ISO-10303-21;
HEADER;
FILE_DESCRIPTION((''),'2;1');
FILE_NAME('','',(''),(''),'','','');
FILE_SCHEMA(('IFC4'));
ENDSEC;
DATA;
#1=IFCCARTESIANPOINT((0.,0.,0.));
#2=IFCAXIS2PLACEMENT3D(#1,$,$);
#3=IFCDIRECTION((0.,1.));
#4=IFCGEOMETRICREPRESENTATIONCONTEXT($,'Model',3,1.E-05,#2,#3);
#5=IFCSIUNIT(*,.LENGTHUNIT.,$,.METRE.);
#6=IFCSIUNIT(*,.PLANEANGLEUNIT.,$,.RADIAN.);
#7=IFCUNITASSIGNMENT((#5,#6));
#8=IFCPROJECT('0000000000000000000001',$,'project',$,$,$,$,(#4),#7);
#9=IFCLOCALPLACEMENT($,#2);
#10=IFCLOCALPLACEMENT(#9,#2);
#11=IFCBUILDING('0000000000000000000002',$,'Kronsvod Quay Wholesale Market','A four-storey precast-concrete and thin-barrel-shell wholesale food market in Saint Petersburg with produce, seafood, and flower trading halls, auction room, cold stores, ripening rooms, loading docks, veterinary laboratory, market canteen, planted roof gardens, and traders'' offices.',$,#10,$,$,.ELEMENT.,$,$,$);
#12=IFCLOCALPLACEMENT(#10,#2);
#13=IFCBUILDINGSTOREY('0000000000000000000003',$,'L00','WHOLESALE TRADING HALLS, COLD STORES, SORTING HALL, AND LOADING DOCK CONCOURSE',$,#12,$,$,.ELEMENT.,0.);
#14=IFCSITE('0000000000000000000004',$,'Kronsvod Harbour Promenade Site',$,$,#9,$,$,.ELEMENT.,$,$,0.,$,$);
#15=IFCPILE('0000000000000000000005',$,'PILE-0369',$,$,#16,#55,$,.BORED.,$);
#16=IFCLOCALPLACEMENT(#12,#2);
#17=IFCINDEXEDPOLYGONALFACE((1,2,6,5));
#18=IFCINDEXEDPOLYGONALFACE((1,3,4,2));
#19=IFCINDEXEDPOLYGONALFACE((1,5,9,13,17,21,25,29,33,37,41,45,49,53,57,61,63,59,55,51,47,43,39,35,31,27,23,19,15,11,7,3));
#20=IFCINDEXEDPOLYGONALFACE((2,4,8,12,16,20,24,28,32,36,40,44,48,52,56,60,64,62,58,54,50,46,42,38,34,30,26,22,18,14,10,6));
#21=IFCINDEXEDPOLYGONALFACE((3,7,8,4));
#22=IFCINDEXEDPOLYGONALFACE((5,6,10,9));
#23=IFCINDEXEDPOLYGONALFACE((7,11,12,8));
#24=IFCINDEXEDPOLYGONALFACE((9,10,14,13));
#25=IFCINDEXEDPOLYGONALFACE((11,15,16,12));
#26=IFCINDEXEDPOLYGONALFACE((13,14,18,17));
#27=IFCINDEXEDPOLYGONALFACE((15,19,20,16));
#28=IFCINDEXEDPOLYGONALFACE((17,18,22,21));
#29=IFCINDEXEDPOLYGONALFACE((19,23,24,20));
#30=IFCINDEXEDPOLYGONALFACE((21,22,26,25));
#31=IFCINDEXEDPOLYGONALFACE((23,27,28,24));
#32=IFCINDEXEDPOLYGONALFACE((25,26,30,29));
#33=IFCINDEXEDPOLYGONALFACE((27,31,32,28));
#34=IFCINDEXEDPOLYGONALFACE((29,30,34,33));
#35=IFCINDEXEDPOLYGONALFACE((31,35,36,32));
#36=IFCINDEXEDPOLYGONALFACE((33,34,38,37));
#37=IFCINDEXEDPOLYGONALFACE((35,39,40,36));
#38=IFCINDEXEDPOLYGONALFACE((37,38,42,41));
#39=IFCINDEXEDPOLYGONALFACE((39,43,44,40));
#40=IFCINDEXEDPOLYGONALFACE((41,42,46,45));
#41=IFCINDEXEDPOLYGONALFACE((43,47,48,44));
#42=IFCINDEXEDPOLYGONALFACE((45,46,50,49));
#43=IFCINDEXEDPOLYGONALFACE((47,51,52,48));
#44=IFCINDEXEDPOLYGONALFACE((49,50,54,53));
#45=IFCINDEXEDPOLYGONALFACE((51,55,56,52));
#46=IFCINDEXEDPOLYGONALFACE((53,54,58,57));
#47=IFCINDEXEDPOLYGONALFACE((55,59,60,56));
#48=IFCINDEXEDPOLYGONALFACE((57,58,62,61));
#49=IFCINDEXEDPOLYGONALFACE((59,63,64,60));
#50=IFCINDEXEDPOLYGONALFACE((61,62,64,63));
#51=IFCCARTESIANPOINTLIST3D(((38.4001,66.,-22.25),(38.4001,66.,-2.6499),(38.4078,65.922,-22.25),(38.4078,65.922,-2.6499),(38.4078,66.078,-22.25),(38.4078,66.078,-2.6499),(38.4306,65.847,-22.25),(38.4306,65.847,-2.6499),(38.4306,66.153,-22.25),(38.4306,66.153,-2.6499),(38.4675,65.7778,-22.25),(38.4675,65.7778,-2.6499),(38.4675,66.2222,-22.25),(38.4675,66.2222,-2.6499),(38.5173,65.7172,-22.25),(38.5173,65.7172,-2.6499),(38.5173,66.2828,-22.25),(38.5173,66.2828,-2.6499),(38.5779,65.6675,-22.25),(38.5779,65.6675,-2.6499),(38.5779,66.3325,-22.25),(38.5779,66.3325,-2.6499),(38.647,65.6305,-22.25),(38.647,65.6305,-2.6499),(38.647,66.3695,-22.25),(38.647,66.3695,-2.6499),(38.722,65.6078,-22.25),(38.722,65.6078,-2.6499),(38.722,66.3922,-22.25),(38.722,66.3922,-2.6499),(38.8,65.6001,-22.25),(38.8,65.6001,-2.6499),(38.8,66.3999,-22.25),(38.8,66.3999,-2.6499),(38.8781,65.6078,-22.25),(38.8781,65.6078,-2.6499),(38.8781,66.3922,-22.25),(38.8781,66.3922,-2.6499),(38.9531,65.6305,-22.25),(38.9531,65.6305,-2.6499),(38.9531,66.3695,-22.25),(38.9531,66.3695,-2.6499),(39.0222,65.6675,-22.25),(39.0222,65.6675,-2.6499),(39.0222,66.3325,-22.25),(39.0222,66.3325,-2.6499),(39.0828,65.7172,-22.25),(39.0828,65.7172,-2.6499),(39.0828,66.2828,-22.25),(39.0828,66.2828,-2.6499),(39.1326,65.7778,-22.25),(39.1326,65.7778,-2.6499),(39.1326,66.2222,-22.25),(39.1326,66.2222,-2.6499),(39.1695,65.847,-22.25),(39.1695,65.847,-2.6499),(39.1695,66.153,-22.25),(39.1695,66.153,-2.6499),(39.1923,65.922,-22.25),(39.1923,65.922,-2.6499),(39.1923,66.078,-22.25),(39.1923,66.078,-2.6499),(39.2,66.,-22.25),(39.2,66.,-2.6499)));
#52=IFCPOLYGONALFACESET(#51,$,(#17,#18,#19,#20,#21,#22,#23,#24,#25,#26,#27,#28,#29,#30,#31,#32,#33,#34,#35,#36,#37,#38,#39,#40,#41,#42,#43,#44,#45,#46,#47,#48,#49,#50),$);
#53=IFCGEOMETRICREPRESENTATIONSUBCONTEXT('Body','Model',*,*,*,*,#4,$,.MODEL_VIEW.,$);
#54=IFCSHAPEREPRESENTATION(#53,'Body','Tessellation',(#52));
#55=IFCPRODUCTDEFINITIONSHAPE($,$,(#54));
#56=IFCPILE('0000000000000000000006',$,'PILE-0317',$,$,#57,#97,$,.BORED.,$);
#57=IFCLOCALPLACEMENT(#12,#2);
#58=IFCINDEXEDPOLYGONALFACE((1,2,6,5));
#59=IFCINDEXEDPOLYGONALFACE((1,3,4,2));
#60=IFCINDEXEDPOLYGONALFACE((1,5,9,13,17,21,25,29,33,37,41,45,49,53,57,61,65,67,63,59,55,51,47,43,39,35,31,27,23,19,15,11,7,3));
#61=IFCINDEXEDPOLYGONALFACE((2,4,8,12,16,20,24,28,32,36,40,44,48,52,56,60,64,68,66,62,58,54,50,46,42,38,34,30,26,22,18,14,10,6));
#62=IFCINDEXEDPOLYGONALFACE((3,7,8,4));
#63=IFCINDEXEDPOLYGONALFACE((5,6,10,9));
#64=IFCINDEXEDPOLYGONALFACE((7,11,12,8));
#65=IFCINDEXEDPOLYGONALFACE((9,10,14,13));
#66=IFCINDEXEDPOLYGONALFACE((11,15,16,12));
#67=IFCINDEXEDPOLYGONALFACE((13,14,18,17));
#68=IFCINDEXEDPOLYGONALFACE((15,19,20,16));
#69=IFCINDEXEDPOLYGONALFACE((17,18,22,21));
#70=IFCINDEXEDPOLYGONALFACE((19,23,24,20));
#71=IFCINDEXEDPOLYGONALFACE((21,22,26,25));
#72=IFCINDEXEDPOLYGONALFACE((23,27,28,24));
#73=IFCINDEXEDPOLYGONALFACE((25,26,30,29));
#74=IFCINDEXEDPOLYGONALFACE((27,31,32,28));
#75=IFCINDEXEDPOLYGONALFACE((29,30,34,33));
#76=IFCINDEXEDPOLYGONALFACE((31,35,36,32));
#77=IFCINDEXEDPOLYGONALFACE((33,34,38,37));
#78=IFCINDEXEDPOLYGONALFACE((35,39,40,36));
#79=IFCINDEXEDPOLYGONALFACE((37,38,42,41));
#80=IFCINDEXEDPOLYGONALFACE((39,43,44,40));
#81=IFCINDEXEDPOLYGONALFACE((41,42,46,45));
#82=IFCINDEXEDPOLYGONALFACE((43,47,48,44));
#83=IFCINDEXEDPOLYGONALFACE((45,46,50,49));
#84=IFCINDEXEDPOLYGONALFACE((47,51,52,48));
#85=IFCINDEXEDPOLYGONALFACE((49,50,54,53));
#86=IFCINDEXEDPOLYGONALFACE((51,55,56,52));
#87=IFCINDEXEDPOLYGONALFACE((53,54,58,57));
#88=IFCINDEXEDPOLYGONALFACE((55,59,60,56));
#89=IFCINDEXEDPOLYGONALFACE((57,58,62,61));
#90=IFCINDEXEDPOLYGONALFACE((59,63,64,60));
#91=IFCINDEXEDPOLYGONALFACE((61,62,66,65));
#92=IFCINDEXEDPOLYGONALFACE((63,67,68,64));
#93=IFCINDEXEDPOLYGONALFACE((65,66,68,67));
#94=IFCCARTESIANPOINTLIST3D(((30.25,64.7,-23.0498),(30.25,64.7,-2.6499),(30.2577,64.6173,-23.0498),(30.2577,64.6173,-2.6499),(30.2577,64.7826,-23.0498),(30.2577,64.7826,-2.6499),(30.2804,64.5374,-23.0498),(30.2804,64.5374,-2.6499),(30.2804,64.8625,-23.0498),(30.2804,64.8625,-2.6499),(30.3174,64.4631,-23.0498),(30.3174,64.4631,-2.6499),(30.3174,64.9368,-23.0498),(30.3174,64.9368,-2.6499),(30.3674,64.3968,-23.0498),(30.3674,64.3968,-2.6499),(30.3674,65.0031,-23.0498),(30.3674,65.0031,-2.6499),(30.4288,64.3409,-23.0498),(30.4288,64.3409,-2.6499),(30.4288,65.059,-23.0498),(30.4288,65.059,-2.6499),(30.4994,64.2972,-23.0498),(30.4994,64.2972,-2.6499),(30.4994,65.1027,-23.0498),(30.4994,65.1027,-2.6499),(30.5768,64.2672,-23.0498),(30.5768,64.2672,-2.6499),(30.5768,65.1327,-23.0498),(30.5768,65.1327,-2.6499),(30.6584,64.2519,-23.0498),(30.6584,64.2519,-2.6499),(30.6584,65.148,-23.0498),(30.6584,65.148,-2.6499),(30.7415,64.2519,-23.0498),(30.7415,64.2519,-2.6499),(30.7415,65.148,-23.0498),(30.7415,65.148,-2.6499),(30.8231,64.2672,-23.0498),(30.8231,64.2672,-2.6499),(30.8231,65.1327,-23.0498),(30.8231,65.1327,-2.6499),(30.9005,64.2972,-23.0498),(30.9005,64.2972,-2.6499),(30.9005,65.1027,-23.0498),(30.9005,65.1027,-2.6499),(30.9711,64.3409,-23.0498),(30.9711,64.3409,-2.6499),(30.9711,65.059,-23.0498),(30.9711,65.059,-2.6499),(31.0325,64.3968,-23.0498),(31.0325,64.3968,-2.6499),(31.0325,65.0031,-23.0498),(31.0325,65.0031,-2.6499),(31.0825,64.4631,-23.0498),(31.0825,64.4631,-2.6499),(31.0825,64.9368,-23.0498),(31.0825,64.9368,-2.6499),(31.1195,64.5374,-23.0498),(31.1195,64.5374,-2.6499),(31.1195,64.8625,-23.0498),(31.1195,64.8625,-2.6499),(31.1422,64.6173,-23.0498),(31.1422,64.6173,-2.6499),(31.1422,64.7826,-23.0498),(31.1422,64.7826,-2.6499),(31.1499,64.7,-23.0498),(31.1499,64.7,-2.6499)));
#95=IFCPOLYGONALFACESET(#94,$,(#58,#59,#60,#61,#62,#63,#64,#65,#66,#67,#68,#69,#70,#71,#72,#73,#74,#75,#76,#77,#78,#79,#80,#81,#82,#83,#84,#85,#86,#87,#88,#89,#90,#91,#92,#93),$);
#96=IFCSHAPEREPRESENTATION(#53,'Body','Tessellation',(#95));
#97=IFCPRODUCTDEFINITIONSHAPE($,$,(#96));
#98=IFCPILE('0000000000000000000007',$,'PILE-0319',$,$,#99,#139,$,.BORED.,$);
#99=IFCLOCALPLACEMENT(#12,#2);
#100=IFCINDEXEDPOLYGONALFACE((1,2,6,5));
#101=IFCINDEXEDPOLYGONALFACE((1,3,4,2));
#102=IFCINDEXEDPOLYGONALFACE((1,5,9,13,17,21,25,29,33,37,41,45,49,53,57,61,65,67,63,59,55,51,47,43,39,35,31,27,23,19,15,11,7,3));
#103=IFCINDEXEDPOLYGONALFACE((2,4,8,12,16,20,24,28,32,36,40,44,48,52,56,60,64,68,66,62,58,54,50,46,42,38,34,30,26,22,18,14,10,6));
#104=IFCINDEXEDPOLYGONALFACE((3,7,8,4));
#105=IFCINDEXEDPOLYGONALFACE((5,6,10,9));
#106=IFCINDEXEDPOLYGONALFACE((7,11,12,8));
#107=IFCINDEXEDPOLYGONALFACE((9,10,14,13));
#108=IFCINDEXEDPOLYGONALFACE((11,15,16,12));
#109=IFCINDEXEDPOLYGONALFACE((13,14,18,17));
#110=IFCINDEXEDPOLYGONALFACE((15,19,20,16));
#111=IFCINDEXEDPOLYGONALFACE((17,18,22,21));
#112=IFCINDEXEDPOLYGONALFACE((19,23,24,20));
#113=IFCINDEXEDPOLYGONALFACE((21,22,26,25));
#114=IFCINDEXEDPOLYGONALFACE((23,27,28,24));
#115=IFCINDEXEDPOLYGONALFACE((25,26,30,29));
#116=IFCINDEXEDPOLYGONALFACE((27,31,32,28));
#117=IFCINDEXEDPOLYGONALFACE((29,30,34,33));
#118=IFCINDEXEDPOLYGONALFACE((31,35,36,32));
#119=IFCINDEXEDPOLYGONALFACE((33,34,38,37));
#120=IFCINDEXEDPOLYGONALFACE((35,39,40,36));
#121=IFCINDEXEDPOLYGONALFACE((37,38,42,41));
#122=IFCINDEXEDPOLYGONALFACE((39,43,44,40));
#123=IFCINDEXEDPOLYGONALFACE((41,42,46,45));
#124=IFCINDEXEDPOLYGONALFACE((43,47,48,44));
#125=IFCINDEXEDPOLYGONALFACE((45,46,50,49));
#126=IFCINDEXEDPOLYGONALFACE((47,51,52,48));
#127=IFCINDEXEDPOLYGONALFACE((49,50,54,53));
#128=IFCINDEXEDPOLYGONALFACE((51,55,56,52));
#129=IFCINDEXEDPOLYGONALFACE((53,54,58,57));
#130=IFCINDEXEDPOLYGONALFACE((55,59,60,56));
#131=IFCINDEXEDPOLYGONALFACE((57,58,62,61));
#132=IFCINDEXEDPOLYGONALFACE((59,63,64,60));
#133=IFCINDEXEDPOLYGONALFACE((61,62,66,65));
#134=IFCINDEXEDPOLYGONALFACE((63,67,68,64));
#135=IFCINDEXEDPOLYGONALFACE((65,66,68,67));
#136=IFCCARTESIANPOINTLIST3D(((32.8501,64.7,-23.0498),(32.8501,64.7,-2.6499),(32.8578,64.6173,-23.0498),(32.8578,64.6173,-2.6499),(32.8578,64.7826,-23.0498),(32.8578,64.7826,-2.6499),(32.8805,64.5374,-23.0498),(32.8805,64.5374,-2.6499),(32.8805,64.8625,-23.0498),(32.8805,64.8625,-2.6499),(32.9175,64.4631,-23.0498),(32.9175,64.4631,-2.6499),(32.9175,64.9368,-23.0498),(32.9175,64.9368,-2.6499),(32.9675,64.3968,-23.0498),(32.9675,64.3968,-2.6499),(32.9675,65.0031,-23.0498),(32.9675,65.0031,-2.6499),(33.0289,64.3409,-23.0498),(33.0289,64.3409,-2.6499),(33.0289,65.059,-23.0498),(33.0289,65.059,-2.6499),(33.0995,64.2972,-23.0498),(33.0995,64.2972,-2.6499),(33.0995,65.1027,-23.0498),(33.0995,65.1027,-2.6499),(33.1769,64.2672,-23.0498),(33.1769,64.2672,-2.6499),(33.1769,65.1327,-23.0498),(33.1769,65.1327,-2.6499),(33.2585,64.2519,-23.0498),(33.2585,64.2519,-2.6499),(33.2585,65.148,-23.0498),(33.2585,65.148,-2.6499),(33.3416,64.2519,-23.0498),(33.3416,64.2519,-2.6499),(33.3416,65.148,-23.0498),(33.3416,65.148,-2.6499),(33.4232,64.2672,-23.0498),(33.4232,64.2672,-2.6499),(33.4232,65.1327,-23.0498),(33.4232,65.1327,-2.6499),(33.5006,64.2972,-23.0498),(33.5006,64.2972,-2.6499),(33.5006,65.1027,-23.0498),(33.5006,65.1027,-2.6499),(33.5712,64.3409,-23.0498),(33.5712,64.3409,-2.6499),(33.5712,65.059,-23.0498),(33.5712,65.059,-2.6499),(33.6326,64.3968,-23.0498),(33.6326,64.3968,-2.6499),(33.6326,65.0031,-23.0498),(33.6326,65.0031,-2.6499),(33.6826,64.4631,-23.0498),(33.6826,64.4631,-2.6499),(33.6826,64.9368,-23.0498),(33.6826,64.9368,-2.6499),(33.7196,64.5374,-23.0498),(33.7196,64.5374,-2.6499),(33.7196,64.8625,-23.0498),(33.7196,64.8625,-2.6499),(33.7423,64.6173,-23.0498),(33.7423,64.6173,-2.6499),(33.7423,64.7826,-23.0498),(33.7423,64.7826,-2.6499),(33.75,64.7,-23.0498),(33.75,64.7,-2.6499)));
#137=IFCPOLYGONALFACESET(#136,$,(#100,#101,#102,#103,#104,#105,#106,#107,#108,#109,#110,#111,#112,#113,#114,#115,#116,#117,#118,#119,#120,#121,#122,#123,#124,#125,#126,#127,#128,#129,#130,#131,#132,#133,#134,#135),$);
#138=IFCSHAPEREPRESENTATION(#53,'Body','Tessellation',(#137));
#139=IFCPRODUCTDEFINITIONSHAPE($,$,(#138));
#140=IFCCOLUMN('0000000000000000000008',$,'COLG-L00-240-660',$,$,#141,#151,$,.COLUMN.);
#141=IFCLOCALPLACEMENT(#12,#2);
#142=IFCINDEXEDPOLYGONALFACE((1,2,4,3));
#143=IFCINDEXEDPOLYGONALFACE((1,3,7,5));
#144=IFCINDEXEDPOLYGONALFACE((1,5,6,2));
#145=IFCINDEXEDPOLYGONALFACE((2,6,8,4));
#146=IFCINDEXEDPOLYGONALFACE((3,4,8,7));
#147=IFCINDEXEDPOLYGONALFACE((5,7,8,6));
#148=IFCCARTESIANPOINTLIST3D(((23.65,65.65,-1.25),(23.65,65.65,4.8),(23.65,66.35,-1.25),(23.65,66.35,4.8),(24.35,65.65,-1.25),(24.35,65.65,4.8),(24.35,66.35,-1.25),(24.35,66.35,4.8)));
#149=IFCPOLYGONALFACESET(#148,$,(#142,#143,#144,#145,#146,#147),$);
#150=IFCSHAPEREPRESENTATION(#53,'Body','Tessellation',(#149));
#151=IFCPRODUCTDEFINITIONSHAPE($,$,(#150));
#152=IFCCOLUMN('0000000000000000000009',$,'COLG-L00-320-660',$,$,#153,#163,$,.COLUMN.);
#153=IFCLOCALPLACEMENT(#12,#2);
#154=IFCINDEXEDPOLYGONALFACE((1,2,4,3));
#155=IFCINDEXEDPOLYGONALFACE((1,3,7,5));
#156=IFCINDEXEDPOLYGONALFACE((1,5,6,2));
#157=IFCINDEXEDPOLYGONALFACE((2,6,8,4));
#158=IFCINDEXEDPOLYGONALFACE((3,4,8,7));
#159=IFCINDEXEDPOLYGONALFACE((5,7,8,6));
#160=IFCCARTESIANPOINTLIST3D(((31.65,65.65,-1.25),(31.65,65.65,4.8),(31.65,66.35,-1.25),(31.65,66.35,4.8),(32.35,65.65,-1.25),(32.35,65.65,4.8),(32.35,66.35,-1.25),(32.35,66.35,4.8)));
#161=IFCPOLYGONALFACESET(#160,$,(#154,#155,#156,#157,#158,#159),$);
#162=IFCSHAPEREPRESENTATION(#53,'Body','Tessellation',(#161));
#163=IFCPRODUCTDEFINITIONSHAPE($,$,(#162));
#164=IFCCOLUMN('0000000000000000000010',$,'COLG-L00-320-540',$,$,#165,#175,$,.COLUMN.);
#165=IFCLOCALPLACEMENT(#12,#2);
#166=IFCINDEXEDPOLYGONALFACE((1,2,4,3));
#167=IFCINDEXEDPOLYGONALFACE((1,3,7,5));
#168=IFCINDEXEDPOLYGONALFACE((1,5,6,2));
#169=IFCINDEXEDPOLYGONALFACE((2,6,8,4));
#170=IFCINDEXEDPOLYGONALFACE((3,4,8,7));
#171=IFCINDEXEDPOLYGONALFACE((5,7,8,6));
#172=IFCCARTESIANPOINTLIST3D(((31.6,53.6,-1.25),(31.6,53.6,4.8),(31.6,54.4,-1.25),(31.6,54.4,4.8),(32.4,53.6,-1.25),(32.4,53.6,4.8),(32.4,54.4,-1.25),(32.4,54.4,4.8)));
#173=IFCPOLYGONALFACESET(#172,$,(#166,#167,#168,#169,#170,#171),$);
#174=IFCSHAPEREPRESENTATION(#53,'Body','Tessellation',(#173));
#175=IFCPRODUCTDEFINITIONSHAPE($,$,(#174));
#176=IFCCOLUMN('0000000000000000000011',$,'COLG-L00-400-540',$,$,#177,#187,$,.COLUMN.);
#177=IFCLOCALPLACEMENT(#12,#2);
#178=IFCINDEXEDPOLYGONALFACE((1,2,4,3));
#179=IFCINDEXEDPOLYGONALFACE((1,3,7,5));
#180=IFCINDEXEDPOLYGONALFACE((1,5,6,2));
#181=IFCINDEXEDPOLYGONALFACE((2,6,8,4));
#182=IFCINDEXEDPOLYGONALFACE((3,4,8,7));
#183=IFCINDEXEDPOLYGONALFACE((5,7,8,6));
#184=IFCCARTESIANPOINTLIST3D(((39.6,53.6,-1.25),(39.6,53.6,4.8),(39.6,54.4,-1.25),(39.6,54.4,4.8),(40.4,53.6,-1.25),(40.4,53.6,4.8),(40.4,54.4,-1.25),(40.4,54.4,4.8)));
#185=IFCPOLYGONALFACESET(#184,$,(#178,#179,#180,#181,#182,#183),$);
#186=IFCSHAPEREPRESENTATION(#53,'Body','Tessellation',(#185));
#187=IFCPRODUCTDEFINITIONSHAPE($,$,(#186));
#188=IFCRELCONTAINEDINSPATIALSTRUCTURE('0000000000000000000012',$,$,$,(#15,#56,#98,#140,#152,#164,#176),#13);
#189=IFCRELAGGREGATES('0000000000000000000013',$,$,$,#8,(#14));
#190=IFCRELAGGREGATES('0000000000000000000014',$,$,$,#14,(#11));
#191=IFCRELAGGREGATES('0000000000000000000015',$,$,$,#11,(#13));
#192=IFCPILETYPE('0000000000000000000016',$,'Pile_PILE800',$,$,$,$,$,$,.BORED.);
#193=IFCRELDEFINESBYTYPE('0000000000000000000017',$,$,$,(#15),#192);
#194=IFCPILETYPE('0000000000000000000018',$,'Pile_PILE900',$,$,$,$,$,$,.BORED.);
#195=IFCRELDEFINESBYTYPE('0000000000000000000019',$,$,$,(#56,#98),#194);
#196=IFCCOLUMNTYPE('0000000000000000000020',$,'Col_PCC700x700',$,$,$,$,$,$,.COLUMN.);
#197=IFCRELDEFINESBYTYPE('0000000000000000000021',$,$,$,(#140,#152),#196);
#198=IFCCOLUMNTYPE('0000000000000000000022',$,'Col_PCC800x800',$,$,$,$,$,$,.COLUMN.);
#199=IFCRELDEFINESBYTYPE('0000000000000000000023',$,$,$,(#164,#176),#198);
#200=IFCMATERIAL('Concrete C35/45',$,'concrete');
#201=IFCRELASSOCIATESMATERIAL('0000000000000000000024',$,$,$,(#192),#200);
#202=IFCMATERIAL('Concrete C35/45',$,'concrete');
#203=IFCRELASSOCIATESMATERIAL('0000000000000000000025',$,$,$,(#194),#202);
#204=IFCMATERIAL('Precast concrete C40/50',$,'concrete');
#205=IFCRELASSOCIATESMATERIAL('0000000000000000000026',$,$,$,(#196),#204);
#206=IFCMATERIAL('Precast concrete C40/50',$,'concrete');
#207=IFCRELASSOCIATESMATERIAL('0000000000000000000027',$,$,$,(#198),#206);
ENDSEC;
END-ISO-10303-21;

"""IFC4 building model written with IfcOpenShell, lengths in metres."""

from ifc_helpers import new_model, si_unit, direction, frame, origin, origin_2d, place, context, subcontext, project, spatial, rectangle, circle, extrude, material, material_profile, profile_set, type_object, element, save


model = new_model("IFC4")

# Units and contexts
model_context = context("Model", 3, precision=1e-05, world=origin(), true_north=direction((0.0, 1.0)))
body_context = subcontext(model_context, "Body", "Model", "MODEL_VIEW")
ifc_project = project(units=[si_unit("LENGTHUNIT", "METRE"), si_unit("PLANEANGLEUNIT", "RADIAN")], contexts=[model_context])

# Site, building, storey
site_placement = place(None, origin())
site = spatial("IfcSite", under=ifc_project, at=site_placement, Name="Kronsvod Harbour Promenade Site", CompositionType="ELEMENT", RefElevation=0.0)
building_placement = place(site_placement, origin())
building = spatial("IfcBuilding", under=site, at=building_placement, Name="Kronsvod Quay Wholesale Market", Description="A four-storey precast-concrete and thin-barrel-shell wholesale food market in Saint Petersburg with produce, seafood, and flower trading halls, auction room, cold stores, ripening rooms, loading docks, veterinary laboratory, market canteen, planted roof gardens, and traders' offices.", CompositionType="ELEMENT")
storey_placement = place(building_placement, origin())
storey = spatial("IfcBuildingStorey", under=building, at=storey_placement, Name="L00", Description="WHOLESALE TRADING HALLS, COLD STORES, SORTING HALL, AND LOADING DOCK CONCOURSE", CompositionType="ELEMENT", Elevation=0.0)

# Piles
ifc_material_1 = material(Name="Concrete C35/45", Category="concrete")
ifc_material_profile_1 = material_profile(ifc_material_1, circle(Radius=0.3999, at=origin_2d()), Name="PILE800")
ifc_profile_set_1 = profile_set([ifc_material_profile_1], Name="Concrete C35/45")
pile_type_1 = type_object("IfcPileType", Name="Pile_PILE800", PredefinedType="BORED", material=ifc_profile_set_1)
for number, where, z_axis, x_axis, name in (
    (1, (38.8, 66.0, -2.6499), (0.0, 0.0, -1.0), (1.0, 0.0, 0.0), "PILE-0369"),
):
    element("IfcPile", number, at=place(storey_placement, frame(where, z_axis=z_axis, x_axis=x_axis)), inside=storey, type_object=pile_type_1, Name=name, PredefinedType="BORED", context=body_context, shape_type="SweptSolid", body=[
        extrude(circle(Radius=0.3999, at=origin_2d()), origin(), (0.0, 0.0, 1.0), 19.6001),
    ])
ifc_material_2 = material(Name="Concrete C35/45", Category="concrete")
ifc_material_profile_2 = material_profile(ifc_material_2, circle(Radius=0.45, at=origin_2d()), Name="PILE900")
ifc_profile_set_2 = profile_set([ifc_material_profile_2], Name="Concrete C35/45")
pile_type_2 = type_object("IfcPileType", Name="Pile_PILE900", PredefinedType="BORED", material=ifc_profile_set_2)
for number, where, z_axis, x_axis, name in (
    (2, (30.7, 64.7, -2.6499), (0.0, 0.0, -1.0), (1.0, 0.0, 0.0), "PILE-0317"),
    (3, (33.3, 64.7, -2.6499), (0.0, 0.0, -1.0), (1.0, 0.0, 0.0), "PILE-0319"),
):
    element("IfcPile", number, at=place(storey_placement, frame(where, z_axis=z_axis, x_axis=x_axis)), inside=storey, type_object=pile_type_2, Name=name, PredefinedType="BORED", context=body_context, shape_type="SweptSolid", body=[
        extrude(circle(Radius=0.45, at=origin_2d()), origin(), (0.0, 0.0, 1.0), 20.3999),
    ])

# Columns
ifc_material_3 = material(Name="Precast concrete C40/50", Category="concrete")
ifc_material_profile_3 = material_profile(ifc_material_3, rectangle(XDim=0.7, YDim=0.7, at=origin_2d()), Name="PCC700x700")
ifc_profile_set_3 = profile_set([ifc_material_profile_3], Name="Precast concrete C40/50")
column_type_1 = type_object("IfcColumnType", Name="Col_PCC700x700", PredefinedType="COLUMN", material=ifc_profile_set_3)
for number, where, z_axis, x_axis, name in (
    (4, (24.0, 66.0, -1.25), (0.0, 0.0, 1.0), (1.0, 0.0, 0.0), "COLG-L00-240-660"),
    (5, (32.0, 66.0, -1.25), (0.0, 0.0, 1.0), (1.0, 0.0, 0.0), "COLG-L00-320-660"),
):
    element("IfcColumn", number, at=place(storey_placement, frame(where, z_axis=z_axis, x_axis=x_axis)), inside=storey, type_object=column_type_1, Name=name, PredefinedType="COLUMN", context=body_context, shape_type="SweptSolid", body=[
        extrude(rectangle(XDim=0.7, YDim=0.7, at=origin_2d()), origin(), (0.0, 0.0, 1.0), 6.05),
    ])
ifc_material_4 = material(Name="Precast concrete C40/50", Category="concrete")
ifc_material_profile_4 = material_profile(ifc_material_4, rectangle(XDim=0.8, YDim=0.8, at=origin_2d()), Name="PCC800x800")
ifc_profile_set_4 = profile_set([ifc_material_profile_4], Name="Precast concrete C40/50")
column_type_2 = type_object("IfcColumnType", Name="Col_PCC800x800", PredefinedType="COLUMN", material=ifc_profile_set_4)
for number, where, z_axis, x_axis, name in (
    (6, (32.0, 54.0, -1.25), (0.0, 0.0, 1.0), (1.0, 0.0, 0.0), "COLG-L00-320-540"),
    (7, (40.0, 54.0, -1.25), (0.0, 0.0, 1.0), (1.0, 0.0, 0.0), "COLG-L00-400-540"),
):
    element("IfcColumn", number, at=place(storey_placement, frame(where, z_axis=z_axis, x_axis=x_axis)), inside=storey, type_object=column_type_2, Name=name, PredefinedType="COLUMN", context=body_context, shape_type="SweptSolid", body=[
        extrude(rectangle(XDim=0.8, YDim=0.8, at=origin_2d()), origin(), (0.0, 0.0, 1.0), 6.05),
    ])

save(model, "model.ifc")
